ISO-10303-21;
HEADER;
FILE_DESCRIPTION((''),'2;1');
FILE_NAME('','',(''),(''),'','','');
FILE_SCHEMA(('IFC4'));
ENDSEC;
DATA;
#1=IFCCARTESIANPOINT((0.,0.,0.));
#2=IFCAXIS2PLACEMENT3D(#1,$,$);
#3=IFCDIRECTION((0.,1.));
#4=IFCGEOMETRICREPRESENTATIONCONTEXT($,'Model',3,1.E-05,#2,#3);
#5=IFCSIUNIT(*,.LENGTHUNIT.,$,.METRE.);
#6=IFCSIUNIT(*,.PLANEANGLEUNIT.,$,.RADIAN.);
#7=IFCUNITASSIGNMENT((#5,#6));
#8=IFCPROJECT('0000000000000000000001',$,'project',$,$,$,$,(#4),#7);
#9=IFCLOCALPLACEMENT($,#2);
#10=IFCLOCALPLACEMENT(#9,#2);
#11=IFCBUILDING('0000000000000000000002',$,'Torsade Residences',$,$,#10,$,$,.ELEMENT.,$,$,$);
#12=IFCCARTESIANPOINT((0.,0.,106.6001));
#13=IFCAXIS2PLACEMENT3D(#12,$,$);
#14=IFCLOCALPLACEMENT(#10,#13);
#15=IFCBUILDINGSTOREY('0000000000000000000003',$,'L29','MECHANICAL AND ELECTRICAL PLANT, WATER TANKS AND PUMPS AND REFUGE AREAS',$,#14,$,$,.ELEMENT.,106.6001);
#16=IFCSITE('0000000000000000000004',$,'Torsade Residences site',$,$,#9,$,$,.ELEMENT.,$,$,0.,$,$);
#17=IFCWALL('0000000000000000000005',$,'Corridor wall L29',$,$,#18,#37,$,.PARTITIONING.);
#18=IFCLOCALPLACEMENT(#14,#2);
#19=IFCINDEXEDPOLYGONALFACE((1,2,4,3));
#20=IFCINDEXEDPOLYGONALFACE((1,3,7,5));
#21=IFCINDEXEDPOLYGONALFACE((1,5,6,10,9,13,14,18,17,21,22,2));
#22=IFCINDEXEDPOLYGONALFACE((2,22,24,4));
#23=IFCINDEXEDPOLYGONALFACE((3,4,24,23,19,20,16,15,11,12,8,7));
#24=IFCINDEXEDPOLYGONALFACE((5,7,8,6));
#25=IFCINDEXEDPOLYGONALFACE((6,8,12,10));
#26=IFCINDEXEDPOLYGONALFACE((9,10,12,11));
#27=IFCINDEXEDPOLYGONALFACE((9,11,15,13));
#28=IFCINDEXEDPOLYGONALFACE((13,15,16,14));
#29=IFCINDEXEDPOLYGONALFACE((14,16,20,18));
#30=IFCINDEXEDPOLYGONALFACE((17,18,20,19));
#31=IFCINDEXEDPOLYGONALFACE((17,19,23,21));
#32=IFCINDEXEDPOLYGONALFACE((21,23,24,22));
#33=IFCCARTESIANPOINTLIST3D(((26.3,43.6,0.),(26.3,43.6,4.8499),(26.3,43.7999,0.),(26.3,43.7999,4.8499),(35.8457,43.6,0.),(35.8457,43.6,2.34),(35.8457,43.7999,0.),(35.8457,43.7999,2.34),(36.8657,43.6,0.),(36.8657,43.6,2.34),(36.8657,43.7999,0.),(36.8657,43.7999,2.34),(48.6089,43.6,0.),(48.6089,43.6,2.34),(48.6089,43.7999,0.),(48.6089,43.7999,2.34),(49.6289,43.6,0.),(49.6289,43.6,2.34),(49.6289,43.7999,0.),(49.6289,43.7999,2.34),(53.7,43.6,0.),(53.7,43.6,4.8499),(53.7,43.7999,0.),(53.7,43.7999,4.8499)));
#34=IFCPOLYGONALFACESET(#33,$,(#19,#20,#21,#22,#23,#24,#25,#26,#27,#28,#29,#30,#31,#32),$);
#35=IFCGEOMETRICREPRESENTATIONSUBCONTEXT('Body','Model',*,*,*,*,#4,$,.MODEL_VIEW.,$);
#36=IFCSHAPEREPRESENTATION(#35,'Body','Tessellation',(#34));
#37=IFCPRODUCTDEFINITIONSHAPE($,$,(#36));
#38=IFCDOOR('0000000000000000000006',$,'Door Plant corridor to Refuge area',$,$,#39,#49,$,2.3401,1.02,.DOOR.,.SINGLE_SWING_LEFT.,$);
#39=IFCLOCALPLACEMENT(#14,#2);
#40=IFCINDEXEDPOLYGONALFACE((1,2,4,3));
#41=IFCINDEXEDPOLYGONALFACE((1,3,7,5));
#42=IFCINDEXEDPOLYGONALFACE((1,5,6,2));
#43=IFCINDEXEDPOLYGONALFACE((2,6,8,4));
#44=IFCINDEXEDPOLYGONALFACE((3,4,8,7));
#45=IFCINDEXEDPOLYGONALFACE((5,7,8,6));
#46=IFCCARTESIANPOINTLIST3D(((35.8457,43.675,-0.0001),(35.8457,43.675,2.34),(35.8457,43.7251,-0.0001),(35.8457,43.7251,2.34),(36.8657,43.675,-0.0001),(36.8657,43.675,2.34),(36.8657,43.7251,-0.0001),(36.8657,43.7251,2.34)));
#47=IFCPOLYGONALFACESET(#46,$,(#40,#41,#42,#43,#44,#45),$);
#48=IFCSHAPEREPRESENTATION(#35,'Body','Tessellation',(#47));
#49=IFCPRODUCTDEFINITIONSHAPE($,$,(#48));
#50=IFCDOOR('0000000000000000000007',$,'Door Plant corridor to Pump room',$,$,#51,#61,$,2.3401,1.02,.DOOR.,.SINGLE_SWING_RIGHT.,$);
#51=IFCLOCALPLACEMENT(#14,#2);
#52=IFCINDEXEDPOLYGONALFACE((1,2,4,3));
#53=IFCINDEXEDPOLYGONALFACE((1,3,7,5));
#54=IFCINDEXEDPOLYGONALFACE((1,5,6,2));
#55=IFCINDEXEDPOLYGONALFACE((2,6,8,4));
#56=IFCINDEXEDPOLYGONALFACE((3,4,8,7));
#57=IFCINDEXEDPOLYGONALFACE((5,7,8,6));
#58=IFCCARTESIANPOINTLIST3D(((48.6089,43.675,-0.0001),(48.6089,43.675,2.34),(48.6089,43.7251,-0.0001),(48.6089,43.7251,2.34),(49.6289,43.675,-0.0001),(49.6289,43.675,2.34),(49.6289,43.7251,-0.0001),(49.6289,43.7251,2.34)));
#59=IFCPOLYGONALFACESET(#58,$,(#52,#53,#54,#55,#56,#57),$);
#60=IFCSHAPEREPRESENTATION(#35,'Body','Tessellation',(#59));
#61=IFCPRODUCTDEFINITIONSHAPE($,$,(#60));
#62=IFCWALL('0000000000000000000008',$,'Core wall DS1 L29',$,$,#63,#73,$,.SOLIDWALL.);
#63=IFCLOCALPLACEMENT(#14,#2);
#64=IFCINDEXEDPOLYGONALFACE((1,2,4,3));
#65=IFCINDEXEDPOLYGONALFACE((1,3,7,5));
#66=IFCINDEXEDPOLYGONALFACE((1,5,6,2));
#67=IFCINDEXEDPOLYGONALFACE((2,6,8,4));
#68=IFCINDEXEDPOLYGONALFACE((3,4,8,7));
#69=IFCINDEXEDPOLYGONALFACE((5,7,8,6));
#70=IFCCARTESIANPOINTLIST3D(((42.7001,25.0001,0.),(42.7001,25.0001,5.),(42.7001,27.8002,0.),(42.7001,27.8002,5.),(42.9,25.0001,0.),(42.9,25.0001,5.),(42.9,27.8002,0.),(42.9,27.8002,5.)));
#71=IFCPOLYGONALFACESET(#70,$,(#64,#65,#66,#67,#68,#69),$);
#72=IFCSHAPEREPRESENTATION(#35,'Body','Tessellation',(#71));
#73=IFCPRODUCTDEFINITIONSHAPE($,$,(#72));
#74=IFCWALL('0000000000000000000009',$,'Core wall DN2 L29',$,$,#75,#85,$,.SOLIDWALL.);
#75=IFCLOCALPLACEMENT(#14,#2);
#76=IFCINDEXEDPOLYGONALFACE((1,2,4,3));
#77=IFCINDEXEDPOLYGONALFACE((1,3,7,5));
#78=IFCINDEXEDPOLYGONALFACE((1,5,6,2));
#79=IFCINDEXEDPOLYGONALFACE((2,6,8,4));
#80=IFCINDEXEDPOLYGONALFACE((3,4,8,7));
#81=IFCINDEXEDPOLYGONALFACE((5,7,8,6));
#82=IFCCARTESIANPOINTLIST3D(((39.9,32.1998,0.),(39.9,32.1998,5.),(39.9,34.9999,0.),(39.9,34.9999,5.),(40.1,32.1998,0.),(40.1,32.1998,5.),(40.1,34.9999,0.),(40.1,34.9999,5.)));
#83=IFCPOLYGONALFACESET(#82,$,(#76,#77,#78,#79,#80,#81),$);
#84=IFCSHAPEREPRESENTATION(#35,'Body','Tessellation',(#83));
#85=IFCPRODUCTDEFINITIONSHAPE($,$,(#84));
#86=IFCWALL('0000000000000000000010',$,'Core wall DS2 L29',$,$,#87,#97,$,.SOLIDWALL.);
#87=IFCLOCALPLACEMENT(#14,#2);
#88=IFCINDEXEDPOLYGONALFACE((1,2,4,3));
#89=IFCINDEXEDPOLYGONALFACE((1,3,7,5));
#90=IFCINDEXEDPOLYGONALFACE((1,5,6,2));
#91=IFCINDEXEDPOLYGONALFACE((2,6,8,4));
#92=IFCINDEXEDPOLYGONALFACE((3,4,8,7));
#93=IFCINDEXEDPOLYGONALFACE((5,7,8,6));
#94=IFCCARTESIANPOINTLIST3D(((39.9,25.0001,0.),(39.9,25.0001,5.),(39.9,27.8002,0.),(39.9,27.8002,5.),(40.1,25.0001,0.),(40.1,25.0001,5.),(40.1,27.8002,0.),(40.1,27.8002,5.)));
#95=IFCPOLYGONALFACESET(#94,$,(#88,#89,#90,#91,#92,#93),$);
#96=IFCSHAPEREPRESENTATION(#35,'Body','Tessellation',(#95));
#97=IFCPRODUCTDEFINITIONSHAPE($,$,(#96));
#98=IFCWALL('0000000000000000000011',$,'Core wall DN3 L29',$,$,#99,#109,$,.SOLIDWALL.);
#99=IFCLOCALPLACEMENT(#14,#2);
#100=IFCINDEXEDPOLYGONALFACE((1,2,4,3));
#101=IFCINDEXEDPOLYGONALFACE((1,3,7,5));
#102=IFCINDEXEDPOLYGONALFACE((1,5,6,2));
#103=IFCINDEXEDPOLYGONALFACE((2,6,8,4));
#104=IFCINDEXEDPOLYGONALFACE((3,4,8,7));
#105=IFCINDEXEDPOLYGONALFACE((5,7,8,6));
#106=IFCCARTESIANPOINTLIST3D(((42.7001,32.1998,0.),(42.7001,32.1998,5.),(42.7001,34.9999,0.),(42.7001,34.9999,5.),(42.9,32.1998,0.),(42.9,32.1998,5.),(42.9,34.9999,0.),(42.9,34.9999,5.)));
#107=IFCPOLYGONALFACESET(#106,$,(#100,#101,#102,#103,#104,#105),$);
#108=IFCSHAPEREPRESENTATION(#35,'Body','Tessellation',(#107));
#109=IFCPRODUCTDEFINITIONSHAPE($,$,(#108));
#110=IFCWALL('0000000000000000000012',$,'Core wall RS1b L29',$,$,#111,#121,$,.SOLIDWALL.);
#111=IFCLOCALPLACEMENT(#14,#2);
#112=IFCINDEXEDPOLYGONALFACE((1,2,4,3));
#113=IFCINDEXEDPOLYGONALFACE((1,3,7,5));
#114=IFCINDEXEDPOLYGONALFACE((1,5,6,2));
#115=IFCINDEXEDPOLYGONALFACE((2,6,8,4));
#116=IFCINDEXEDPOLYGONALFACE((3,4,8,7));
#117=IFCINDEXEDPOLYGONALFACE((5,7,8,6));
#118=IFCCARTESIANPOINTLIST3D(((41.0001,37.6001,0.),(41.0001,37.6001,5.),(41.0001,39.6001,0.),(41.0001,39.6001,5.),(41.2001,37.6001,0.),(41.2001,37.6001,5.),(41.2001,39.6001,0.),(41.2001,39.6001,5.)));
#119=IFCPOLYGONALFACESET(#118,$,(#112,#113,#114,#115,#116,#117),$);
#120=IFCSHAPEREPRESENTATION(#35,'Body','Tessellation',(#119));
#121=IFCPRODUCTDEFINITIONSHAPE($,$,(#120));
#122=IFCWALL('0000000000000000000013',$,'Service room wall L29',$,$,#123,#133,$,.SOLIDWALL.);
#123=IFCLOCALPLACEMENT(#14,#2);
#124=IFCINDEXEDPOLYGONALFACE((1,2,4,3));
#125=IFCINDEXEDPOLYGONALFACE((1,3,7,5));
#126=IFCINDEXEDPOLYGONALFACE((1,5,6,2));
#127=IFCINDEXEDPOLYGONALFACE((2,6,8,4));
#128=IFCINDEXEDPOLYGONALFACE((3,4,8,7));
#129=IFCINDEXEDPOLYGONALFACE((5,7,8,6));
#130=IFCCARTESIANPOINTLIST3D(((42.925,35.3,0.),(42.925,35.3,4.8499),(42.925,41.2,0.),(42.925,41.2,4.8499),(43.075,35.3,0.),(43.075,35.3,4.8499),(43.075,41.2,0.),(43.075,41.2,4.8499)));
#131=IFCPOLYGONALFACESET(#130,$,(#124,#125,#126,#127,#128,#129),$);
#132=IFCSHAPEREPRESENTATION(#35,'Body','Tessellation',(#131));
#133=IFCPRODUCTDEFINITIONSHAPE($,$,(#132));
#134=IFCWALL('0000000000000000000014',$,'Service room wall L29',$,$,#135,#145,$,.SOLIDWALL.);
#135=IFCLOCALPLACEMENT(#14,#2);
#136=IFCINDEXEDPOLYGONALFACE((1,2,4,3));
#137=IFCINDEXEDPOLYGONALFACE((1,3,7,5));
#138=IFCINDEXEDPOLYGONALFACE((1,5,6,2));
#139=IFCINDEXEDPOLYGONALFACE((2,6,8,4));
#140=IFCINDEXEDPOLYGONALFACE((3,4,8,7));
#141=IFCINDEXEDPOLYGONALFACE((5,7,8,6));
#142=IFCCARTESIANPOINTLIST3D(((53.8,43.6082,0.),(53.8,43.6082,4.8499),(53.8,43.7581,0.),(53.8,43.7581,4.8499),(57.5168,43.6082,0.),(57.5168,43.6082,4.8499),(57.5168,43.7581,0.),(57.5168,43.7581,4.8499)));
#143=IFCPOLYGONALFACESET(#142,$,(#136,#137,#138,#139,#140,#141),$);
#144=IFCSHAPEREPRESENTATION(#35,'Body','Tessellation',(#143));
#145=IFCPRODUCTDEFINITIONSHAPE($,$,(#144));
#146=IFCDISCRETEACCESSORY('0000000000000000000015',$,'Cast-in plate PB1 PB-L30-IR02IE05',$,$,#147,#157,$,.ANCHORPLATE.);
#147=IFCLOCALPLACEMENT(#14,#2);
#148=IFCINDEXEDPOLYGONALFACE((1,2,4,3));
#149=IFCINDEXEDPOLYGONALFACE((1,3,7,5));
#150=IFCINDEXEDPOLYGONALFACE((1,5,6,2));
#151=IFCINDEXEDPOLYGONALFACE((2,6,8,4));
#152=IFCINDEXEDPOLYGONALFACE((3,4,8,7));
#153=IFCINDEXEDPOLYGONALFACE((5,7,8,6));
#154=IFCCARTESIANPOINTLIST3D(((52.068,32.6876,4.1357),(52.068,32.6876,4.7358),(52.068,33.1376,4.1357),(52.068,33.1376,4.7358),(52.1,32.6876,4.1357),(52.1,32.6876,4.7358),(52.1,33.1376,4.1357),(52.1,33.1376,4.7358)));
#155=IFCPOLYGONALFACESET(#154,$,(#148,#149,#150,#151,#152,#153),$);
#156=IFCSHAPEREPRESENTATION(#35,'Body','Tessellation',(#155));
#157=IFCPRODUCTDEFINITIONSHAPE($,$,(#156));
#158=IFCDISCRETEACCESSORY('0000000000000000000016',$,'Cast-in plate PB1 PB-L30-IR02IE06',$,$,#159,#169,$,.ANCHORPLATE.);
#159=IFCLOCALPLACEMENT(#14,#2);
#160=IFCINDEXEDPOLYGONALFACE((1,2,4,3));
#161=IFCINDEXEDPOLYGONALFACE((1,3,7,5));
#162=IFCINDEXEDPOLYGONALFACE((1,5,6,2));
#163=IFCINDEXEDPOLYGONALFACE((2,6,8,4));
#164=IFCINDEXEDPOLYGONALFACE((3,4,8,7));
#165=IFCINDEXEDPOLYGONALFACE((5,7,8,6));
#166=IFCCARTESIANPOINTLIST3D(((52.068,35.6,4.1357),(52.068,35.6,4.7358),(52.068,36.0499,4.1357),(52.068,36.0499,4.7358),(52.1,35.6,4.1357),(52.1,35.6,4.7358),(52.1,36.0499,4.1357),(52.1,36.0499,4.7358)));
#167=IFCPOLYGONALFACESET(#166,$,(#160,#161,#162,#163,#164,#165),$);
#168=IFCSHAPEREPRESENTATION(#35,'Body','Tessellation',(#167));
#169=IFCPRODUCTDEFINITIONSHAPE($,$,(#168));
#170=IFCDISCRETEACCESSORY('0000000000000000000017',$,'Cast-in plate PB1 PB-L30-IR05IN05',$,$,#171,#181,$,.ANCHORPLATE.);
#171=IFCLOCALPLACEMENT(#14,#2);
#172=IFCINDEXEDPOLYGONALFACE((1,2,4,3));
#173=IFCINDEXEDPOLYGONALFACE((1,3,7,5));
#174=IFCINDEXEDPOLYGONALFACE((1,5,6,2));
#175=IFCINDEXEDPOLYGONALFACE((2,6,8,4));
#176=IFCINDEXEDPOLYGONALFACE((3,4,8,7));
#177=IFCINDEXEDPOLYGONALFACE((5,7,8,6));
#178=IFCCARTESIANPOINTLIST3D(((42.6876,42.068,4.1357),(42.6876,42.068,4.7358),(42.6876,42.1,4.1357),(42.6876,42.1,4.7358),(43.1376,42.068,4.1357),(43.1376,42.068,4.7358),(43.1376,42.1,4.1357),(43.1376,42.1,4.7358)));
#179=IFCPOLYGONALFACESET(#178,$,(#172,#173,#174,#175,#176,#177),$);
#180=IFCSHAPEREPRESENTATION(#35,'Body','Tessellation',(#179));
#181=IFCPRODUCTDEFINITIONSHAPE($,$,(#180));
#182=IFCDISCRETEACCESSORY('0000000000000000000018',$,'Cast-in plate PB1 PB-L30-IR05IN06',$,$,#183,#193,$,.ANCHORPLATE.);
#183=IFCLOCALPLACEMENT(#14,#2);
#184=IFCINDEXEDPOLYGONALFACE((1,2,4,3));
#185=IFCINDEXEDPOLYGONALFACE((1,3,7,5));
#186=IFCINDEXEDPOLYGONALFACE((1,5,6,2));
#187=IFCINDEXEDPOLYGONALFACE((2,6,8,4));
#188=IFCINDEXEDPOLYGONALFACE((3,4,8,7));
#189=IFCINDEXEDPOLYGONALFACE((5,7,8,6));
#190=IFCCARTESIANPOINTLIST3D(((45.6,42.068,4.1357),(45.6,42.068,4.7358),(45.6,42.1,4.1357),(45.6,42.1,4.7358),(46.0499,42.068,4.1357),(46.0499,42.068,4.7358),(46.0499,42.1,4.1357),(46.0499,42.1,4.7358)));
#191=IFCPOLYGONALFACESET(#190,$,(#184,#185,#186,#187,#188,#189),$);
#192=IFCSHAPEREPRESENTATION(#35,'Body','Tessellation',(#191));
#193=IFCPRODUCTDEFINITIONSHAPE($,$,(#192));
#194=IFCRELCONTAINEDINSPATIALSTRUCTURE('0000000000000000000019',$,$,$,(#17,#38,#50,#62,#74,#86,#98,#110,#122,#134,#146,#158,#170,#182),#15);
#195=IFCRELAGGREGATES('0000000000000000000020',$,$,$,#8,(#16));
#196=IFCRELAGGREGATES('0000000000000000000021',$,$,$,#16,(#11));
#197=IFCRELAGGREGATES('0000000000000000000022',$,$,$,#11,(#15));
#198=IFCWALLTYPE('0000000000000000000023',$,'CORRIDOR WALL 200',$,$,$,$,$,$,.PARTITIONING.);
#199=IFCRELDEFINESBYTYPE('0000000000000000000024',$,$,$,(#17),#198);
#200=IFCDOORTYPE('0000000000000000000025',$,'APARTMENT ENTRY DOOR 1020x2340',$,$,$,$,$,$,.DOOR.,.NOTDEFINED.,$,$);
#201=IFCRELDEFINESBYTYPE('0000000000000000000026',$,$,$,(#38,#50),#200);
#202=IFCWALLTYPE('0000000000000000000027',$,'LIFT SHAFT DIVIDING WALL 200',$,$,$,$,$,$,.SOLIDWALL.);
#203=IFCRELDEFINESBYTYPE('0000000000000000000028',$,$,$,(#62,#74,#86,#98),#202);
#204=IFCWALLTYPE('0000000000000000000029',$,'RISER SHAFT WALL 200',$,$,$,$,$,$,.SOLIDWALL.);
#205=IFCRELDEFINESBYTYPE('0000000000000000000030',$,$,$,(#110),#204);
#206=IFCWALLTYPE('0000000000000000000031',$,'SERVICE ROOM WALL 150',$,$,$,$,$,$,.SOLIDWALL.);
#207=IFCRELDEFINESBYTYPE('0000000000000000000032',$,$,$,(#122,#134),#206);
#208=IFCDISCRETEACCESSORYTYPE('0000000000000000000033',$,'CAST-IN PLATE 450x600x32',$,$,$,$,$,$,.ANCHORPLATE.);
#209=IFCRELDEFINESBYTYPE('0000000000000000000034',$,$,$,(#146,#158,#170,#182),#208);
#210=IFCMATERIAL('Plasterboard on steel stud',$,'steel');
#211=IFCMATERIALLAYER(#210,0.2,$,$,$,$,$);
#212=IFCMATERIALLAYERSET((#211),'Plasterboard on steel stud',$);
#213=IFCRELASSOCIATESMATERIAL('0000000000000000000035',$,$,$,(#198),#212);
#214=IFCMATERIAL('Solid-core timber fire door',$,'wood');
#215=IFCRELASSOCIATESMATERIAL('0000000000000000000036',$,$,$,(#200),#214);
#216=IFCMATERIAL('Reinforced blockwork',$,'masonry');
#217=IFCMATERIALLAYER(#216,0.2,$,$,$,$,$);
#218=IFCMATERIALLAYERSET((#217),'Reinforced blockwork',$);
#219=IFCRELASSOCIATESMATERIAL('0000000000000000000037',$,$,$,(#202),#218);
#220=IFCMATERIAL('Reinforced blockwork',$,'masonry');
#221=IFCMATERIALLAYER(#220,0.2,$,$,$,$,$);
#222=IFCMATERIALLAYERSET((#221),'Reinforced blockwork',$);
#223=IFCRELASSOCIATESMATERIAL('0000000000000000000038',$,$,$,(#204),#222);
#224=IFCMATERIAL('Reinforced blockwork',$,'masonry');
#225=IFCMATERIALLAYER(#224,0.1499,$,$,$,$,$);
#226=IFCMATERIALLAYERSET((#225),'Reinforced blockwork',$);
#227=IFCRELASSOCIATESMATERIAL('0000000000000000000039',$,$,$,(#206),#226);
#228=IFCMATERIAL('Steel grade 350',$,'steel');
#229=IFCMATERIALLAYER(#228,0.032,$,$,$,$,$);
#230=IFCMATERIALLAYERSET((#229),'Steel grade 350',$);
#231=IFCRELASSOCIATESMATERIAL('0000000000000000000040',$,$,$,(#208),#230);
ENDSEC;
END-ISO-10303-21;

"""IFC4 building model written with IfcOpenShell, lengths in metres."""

from ifc_helpers import new_model, si_unit, direction, frame, frame_2d, origin, origin_2d, place, context, subcontext, project, spatial, rectangle, extrude, material, layer, layer_set, type_object, element, fill, save


model = new_model("IFC4")

# Units and contexts
model_context = context("Model", 3, precision=1e-05, world=origin(), true_north=direction((0.0, 1.0)))
body_context = subcontext(model_context, "Body", "Model", "MODEL_VIEW")
ifc_project = project(units=[si_unit("LENGTHUNIT", "METRE"), si_unit("PLANEANGLEUNIT", "RADIAN")], contexts=[model_context])

# Site, building, storey
site_placement = place(None, origin())
site = spatial("IfcSite", under=ifc_project, at=site_placement, Name="Torsade Residences site", CompositionType="ELEMENT", RefElevation=0.0)
building_placement = place(site_placement, origin())
building = spatial("IfcBuilding", under=site, at=building_placement, Name="Torsade Residences", CompositionType="ELEMENT")
storey_placement = place(building_placement, frame((0.0, 0.0, 106.6001)))
storey = spatial("IfcBuildingStorey", under=building, at=storey_placement, Name="L29", Description="MECHANICAL AND ELECTRICAL PLANT, WATER TANKS AND PUMPS AND REFUGE AREAS", CompositionType="ELEMENT", Elevation=106.6001)

# Wall, openings, doors
ifc_material_1 = material(Name="Plasterboard on steel stud", Category="steel")
ifc_layer_1 = layer(ifc_material_1, 0.2)
ifc_layer_set_1 = layer_set([ifc_layer_1], Name="Plasterboard on steel stud")
wall_type_1 = type_object("IfcWallType", Name="CORRIDOR WALL 200", PredefinedType="PARTITIONING", material=ifc_layer_set_1)
wall_1_placement = place(storey_placement, frame((53.7, 43.7, 0.0), z_axis=(0.0, 0.0, 1.0), x_axis=(-1.0, 0.0, 0.0)))
wall_1 = element("IfcWall", 1, at=wall_1_placement, inside=storey, type_object=wall_type_1, Name="Corridor wall L29", PredefinedType="PARTITIONING", context=body_context, shape_type="SweptSolid", body=[
    extrude(rectangle(XDim=27.3999, YDim=0.2, at=frame_2d((13.7, 0.0))), origin(), (0.0, 0.0, 1.0), 4.8499),
])
opening_1_placement = place(wall_1_placement, frame((16.8342, 0.0, 0.0)))
opening_1 = element("IfcOpeningElement", 2, at=opening_1_placement, cuts=wall_1, PredefinedType="OPENING", context=body_context, shape_type="SweptSolid", body=[
    extrude(rectangle(XDim=1.02, YDim=2.3401, at=frame_2d((0.51, 1.1699))), frame((0.0, 0.1099, 0.0), z_axis=(0.0, -1.0, 0.0), x_axis=(1.0, 0.0, 0.0)), (0.0, 0.0, 1.0), 0.22),
])
opening_2_placement = place(wall_1_placement, frame((4.071, 0.0, 0.0)))
opening_2 = element("IfcOpeningElement", 3, at=opening_2_placement, cuts=wall_1, PredefinedType="OPENING", context=body_context, shape_type="SweptSolid", body=[
    extrude(rectangle(XDim=1.02, YDim=2.3401, at=frame_2d((0.51, 1.1699))), frame((0.0, 0.1099, 0.0), z_axis=(0.0, -1.0, 0.0), x_axis=(1.0, 0.0, 0.0)), (0.0, 0.0, 1.0), 0.22),
])
ifc_material_2 = material(Name="Solid-core timber fire door", Category="wood")
door_type_1 = type_object("IfcDoorType", Name="APARTMENT ENTRY DOOR 1020x2340", OperationType="NOTDEFINED", PredefinedType="DOOR", material=ifc_material_2)
door_1_placement = place(opening_1_placement, origin())
door_1 = element("IfcDoor", 4, at=door_1_placement, inside=storey, type_object=door_type_1, Name="Door Plant corridor to Refuge area", OperationType="SINGLE_SWING_LEFT", OverallHeight=2.3401, OverallWidth=1.02, PredefinedType="DOOR", context=body_context, shape_type="SweptSolid", body=[
    extrude(rectangle(XDim=1.02, YDim=2.3401, at=frame_2d((0.51, 1.1699))), frame((0.0, 0.0249, 0.0), z_axis=(0.0, -1.0, 0.0), x_axis=(1.0, 0.0, 0.0)), (0.0, 0.0, 1.0), 0.05),
])
fill(opening_1, door_1)
door_2_placement = place(opening_2_placement, origin())
door_2 = element("IfcDoor", 5, at=door_2_placement, inside=storey, type_object=door_type_1, Name="Door Plant corridor to Pump room", OperationType="SINGLE_SWING_RIGHT", OverallHeight=2.3401, OverallWidth=1.02, PredefinedType="DOOR", context=body_context, shape_type="SweptSolid", body=[
    extrude(rectangle(XDim=1.02, YDim=2.3401, at=frame_2d((0.51, 1.1699))), frame((0.0, 0.0249, 0.0), z_axis=(0.0, -1.0, 0.0), x_axis=(1.0, 0.0, 0.0)), (0.0, 0.0, 1.0), 0.05),
])
fill(opening_2, door_2)

# Walls
ifc_material_3 = material(Name="Reinforced blockwork", Category="masonry")
ifc_layer_2 = layer(ifc_material_3, 0.2)
ifc_layer_set_2 = layer_set([ifc_layer_2], Name="Reinforced blockwork")
wall_type_2 = type_object("IfcWallType", Name="LIFT SHAFT DIVIDING WALL 200", PredefinedType="SOLIDWALL", material=ifc_layer_set_2)
for number, where, z_axis, x_axis, name in (
    (6, (42.8, 27.8, 0.0), (0.0, 0.0, 1.0), (0.0, -1.0, 0.0), "Core wall DS1 L29"),
    (7, (40.0, 32.2, 0.0), (0.0, 0.0, 1.0), (0.0, 1.0, 0.0), "Core wall DN2 L29"),
    (8, (40.0, 27.8, 0.0), (0.0, 0.0, 1.0), (0.0, -1.0, 0.0), "Core wall DS2 L29"),
    (9, (42.8, 32.2, 0.0), (0.0, 0.0, 1.0), (0.0, 1.0, 0.0), "Core wall DN3 L29"),
):
    element("IfcWall", number, at=place(storey_placement, frame(where, z_axis=z_axis, x_axis=x_axis)), inside=storey, type_object=wall_type_2, Name=name, PredefinedType="SOLIDWALL", context=body_context, shape_type="SweptSolid", body=[
        extrude(rectangle(XDim=2.8, YDim=0.2, at=frame_2d((1.3999, 0.0))), origin(), (0.0, 0.0, 1.0), 5.0),
    ])
ifc_material_4 = material(Name="Reinforced blockwork", Category="masonry")
ifc_layer_3 = layer(ifc_material_4, 0.2)
ifc_layer_set_3 = layer_set([ifc_layer_3], Name="Reinforced blockwork")
wall_type_3 = type_object("IfcWallType", Name="RISER SHAFT WALL 200", PredefinedType="SOLIDWALL", material=ifc_layer_set_3)
wall_2_placement = place(storey_placement, frame((41.1001, 37.6001, 0.0), z_axis=(0.0, 0.0, 1.0), x_axis=(0.0, 1.0, 0.0)))
element("IfcWall", 10, at=wall_2_placement, inside=storey, type_object=wall_type_3, Name="Core wall RS1b L29", PredefinedType="SOLIDWALL", context=body_context, shape_type="SweptSolid", body=[
    extrude(rectangle(XDim=2.0, YDim=0.2, at=frame_2d((1.0, 0.0))), origin(), (0.0, 0.0, 1.0), 5.0),
])
ifc_material_5 = material(Name="Reinforced blockwork", Category="masonry")
ifc_layer_4 = layer(ifc_material_5, 0.1499)
ifc_layer_set_4 = layer_set([ifc_layer_4], Name="Reinforced blockwork")
wall_type_4 = type_object("IfcWallType", Name="SERVICE ROOM WALL 150", PredefinedType="SOLIDWALL", material=ifc_layer_set_4)
wall_3_placement = place(storey_placement, frame((43.0, 41.2, 0.0), z_axis=(0.0, 0.0, 1.0), x_axis=(0.0, -1.0, 0.0)))
element("IfcWall", 11, at=wall_3_placement, inside=storey, type_object=wall_type_4, Name="Service room wall L29", PredefinedType="SOLIDWALL", context=body_context, shape_type="SweptSolid", body=[
    extrude(rectangle(XDim=5.8999, YDim=0.1499, at=frame_2d((2.95, 0.0))), origin(), (0.0, 0.0, 1.0), 4.8499),
])
wall_4_placement = place(storey_placement, frame((53.8, 43.6831, 0.0), z_axis=(0.0, 0.0, 1.0), x_axis=(1.0, 0.0, 0.0)))
element("IfcWall", 12, at=wall_4_placement, inside=storey, type_object=wall_type_4, Name="Service room wall L29", PredefinedType="SOLIDWALL", context=body_context, shape_type="SweptSolid", body=[
    extrude(rectangle(XDim=3.7168, YDim=0.1499, at=frame_2d((1.8584, 0.0))), origin(), (0.0, 0.0, 1.0), 4.8499),
])

# Discrete accessories
ifc_material_6 = material(Name="Steel grade 350", Category="steel")
ifc_layer_5 = layer(ifc_material_6, 0.032)
ifc_layer_set_5 = layer_set([ifc_layer_5], Name="Steel grade 350")
discrete_accessory_type = type_object("IfcDiscreteAccessoryType", Name="CAST-IN PLATE 450x600x32", PredefinedType="ANCHORPLATE", material=ifc_layer_set_5)
for number, where, z_axis, x_axis, name in (
    (13, (52.084, 32.9126, 4.1357), (0.0, 0.0, 1.0), (1.0, 0.0, 0.0), "Cast-in plate PB1 PB-L30-IR02IE05"),
    (14, (52.084, 35.825, 4.1357), (0.0, 0.0, 1.0), (1.0, 0.0, 0.0), "Cast-in plate PB1 PB-L30-IR02IE06"),
):
    element("IfcDiscreteAccessory", number, at=place(storey_placement, frame(where, z_axis=z_axis, x_axis=x_axis)), inside=storey, type_object=discrete_accessory_type, Name=name, PredefinedType="ANCHORPLATE", context=body_context, shape_type="SweptSolid", body=[
        extrude(rectangle(XDim=0.032, YDim=0.45, at=origin_2d()), origin(), (0.0, 0.0, 1.0), 0.6001),
    ])
for number, where, z_axis, x_axis, name in (
    (15, (42.9126, 42.084, 4.1357), (0.0, 0.0, 1.0), (1.0, 0.0, 0.0), "Cast-in plate PB1 PB-L30-IR05IN05"),
    (16, (45.825, 42.084, 4.1357), (0.0, 0.0, 1.0), (1.0, 0.0, 0.0), "Cast-in plate PB1 PB-L30-IR05IN06"),
):
    element("IfcDiscreteAccessory", number, at=place(storey_placement, frame(where, z_axis=z_axis, x_axis=x_axis)), inside=storey, type_object=discrete_accessory_type, Name=name, PredefinedType="ANCHORPLATE", context=body_context, shape_type="SweptSolid", body=[
        extrude(rectangle(XDim=0.45, YDim=0.032, at=origin_2d()), origin(), (0.0, 0.0, 1.0), 0.6001),
    ])

save(model, "model.ifc")
